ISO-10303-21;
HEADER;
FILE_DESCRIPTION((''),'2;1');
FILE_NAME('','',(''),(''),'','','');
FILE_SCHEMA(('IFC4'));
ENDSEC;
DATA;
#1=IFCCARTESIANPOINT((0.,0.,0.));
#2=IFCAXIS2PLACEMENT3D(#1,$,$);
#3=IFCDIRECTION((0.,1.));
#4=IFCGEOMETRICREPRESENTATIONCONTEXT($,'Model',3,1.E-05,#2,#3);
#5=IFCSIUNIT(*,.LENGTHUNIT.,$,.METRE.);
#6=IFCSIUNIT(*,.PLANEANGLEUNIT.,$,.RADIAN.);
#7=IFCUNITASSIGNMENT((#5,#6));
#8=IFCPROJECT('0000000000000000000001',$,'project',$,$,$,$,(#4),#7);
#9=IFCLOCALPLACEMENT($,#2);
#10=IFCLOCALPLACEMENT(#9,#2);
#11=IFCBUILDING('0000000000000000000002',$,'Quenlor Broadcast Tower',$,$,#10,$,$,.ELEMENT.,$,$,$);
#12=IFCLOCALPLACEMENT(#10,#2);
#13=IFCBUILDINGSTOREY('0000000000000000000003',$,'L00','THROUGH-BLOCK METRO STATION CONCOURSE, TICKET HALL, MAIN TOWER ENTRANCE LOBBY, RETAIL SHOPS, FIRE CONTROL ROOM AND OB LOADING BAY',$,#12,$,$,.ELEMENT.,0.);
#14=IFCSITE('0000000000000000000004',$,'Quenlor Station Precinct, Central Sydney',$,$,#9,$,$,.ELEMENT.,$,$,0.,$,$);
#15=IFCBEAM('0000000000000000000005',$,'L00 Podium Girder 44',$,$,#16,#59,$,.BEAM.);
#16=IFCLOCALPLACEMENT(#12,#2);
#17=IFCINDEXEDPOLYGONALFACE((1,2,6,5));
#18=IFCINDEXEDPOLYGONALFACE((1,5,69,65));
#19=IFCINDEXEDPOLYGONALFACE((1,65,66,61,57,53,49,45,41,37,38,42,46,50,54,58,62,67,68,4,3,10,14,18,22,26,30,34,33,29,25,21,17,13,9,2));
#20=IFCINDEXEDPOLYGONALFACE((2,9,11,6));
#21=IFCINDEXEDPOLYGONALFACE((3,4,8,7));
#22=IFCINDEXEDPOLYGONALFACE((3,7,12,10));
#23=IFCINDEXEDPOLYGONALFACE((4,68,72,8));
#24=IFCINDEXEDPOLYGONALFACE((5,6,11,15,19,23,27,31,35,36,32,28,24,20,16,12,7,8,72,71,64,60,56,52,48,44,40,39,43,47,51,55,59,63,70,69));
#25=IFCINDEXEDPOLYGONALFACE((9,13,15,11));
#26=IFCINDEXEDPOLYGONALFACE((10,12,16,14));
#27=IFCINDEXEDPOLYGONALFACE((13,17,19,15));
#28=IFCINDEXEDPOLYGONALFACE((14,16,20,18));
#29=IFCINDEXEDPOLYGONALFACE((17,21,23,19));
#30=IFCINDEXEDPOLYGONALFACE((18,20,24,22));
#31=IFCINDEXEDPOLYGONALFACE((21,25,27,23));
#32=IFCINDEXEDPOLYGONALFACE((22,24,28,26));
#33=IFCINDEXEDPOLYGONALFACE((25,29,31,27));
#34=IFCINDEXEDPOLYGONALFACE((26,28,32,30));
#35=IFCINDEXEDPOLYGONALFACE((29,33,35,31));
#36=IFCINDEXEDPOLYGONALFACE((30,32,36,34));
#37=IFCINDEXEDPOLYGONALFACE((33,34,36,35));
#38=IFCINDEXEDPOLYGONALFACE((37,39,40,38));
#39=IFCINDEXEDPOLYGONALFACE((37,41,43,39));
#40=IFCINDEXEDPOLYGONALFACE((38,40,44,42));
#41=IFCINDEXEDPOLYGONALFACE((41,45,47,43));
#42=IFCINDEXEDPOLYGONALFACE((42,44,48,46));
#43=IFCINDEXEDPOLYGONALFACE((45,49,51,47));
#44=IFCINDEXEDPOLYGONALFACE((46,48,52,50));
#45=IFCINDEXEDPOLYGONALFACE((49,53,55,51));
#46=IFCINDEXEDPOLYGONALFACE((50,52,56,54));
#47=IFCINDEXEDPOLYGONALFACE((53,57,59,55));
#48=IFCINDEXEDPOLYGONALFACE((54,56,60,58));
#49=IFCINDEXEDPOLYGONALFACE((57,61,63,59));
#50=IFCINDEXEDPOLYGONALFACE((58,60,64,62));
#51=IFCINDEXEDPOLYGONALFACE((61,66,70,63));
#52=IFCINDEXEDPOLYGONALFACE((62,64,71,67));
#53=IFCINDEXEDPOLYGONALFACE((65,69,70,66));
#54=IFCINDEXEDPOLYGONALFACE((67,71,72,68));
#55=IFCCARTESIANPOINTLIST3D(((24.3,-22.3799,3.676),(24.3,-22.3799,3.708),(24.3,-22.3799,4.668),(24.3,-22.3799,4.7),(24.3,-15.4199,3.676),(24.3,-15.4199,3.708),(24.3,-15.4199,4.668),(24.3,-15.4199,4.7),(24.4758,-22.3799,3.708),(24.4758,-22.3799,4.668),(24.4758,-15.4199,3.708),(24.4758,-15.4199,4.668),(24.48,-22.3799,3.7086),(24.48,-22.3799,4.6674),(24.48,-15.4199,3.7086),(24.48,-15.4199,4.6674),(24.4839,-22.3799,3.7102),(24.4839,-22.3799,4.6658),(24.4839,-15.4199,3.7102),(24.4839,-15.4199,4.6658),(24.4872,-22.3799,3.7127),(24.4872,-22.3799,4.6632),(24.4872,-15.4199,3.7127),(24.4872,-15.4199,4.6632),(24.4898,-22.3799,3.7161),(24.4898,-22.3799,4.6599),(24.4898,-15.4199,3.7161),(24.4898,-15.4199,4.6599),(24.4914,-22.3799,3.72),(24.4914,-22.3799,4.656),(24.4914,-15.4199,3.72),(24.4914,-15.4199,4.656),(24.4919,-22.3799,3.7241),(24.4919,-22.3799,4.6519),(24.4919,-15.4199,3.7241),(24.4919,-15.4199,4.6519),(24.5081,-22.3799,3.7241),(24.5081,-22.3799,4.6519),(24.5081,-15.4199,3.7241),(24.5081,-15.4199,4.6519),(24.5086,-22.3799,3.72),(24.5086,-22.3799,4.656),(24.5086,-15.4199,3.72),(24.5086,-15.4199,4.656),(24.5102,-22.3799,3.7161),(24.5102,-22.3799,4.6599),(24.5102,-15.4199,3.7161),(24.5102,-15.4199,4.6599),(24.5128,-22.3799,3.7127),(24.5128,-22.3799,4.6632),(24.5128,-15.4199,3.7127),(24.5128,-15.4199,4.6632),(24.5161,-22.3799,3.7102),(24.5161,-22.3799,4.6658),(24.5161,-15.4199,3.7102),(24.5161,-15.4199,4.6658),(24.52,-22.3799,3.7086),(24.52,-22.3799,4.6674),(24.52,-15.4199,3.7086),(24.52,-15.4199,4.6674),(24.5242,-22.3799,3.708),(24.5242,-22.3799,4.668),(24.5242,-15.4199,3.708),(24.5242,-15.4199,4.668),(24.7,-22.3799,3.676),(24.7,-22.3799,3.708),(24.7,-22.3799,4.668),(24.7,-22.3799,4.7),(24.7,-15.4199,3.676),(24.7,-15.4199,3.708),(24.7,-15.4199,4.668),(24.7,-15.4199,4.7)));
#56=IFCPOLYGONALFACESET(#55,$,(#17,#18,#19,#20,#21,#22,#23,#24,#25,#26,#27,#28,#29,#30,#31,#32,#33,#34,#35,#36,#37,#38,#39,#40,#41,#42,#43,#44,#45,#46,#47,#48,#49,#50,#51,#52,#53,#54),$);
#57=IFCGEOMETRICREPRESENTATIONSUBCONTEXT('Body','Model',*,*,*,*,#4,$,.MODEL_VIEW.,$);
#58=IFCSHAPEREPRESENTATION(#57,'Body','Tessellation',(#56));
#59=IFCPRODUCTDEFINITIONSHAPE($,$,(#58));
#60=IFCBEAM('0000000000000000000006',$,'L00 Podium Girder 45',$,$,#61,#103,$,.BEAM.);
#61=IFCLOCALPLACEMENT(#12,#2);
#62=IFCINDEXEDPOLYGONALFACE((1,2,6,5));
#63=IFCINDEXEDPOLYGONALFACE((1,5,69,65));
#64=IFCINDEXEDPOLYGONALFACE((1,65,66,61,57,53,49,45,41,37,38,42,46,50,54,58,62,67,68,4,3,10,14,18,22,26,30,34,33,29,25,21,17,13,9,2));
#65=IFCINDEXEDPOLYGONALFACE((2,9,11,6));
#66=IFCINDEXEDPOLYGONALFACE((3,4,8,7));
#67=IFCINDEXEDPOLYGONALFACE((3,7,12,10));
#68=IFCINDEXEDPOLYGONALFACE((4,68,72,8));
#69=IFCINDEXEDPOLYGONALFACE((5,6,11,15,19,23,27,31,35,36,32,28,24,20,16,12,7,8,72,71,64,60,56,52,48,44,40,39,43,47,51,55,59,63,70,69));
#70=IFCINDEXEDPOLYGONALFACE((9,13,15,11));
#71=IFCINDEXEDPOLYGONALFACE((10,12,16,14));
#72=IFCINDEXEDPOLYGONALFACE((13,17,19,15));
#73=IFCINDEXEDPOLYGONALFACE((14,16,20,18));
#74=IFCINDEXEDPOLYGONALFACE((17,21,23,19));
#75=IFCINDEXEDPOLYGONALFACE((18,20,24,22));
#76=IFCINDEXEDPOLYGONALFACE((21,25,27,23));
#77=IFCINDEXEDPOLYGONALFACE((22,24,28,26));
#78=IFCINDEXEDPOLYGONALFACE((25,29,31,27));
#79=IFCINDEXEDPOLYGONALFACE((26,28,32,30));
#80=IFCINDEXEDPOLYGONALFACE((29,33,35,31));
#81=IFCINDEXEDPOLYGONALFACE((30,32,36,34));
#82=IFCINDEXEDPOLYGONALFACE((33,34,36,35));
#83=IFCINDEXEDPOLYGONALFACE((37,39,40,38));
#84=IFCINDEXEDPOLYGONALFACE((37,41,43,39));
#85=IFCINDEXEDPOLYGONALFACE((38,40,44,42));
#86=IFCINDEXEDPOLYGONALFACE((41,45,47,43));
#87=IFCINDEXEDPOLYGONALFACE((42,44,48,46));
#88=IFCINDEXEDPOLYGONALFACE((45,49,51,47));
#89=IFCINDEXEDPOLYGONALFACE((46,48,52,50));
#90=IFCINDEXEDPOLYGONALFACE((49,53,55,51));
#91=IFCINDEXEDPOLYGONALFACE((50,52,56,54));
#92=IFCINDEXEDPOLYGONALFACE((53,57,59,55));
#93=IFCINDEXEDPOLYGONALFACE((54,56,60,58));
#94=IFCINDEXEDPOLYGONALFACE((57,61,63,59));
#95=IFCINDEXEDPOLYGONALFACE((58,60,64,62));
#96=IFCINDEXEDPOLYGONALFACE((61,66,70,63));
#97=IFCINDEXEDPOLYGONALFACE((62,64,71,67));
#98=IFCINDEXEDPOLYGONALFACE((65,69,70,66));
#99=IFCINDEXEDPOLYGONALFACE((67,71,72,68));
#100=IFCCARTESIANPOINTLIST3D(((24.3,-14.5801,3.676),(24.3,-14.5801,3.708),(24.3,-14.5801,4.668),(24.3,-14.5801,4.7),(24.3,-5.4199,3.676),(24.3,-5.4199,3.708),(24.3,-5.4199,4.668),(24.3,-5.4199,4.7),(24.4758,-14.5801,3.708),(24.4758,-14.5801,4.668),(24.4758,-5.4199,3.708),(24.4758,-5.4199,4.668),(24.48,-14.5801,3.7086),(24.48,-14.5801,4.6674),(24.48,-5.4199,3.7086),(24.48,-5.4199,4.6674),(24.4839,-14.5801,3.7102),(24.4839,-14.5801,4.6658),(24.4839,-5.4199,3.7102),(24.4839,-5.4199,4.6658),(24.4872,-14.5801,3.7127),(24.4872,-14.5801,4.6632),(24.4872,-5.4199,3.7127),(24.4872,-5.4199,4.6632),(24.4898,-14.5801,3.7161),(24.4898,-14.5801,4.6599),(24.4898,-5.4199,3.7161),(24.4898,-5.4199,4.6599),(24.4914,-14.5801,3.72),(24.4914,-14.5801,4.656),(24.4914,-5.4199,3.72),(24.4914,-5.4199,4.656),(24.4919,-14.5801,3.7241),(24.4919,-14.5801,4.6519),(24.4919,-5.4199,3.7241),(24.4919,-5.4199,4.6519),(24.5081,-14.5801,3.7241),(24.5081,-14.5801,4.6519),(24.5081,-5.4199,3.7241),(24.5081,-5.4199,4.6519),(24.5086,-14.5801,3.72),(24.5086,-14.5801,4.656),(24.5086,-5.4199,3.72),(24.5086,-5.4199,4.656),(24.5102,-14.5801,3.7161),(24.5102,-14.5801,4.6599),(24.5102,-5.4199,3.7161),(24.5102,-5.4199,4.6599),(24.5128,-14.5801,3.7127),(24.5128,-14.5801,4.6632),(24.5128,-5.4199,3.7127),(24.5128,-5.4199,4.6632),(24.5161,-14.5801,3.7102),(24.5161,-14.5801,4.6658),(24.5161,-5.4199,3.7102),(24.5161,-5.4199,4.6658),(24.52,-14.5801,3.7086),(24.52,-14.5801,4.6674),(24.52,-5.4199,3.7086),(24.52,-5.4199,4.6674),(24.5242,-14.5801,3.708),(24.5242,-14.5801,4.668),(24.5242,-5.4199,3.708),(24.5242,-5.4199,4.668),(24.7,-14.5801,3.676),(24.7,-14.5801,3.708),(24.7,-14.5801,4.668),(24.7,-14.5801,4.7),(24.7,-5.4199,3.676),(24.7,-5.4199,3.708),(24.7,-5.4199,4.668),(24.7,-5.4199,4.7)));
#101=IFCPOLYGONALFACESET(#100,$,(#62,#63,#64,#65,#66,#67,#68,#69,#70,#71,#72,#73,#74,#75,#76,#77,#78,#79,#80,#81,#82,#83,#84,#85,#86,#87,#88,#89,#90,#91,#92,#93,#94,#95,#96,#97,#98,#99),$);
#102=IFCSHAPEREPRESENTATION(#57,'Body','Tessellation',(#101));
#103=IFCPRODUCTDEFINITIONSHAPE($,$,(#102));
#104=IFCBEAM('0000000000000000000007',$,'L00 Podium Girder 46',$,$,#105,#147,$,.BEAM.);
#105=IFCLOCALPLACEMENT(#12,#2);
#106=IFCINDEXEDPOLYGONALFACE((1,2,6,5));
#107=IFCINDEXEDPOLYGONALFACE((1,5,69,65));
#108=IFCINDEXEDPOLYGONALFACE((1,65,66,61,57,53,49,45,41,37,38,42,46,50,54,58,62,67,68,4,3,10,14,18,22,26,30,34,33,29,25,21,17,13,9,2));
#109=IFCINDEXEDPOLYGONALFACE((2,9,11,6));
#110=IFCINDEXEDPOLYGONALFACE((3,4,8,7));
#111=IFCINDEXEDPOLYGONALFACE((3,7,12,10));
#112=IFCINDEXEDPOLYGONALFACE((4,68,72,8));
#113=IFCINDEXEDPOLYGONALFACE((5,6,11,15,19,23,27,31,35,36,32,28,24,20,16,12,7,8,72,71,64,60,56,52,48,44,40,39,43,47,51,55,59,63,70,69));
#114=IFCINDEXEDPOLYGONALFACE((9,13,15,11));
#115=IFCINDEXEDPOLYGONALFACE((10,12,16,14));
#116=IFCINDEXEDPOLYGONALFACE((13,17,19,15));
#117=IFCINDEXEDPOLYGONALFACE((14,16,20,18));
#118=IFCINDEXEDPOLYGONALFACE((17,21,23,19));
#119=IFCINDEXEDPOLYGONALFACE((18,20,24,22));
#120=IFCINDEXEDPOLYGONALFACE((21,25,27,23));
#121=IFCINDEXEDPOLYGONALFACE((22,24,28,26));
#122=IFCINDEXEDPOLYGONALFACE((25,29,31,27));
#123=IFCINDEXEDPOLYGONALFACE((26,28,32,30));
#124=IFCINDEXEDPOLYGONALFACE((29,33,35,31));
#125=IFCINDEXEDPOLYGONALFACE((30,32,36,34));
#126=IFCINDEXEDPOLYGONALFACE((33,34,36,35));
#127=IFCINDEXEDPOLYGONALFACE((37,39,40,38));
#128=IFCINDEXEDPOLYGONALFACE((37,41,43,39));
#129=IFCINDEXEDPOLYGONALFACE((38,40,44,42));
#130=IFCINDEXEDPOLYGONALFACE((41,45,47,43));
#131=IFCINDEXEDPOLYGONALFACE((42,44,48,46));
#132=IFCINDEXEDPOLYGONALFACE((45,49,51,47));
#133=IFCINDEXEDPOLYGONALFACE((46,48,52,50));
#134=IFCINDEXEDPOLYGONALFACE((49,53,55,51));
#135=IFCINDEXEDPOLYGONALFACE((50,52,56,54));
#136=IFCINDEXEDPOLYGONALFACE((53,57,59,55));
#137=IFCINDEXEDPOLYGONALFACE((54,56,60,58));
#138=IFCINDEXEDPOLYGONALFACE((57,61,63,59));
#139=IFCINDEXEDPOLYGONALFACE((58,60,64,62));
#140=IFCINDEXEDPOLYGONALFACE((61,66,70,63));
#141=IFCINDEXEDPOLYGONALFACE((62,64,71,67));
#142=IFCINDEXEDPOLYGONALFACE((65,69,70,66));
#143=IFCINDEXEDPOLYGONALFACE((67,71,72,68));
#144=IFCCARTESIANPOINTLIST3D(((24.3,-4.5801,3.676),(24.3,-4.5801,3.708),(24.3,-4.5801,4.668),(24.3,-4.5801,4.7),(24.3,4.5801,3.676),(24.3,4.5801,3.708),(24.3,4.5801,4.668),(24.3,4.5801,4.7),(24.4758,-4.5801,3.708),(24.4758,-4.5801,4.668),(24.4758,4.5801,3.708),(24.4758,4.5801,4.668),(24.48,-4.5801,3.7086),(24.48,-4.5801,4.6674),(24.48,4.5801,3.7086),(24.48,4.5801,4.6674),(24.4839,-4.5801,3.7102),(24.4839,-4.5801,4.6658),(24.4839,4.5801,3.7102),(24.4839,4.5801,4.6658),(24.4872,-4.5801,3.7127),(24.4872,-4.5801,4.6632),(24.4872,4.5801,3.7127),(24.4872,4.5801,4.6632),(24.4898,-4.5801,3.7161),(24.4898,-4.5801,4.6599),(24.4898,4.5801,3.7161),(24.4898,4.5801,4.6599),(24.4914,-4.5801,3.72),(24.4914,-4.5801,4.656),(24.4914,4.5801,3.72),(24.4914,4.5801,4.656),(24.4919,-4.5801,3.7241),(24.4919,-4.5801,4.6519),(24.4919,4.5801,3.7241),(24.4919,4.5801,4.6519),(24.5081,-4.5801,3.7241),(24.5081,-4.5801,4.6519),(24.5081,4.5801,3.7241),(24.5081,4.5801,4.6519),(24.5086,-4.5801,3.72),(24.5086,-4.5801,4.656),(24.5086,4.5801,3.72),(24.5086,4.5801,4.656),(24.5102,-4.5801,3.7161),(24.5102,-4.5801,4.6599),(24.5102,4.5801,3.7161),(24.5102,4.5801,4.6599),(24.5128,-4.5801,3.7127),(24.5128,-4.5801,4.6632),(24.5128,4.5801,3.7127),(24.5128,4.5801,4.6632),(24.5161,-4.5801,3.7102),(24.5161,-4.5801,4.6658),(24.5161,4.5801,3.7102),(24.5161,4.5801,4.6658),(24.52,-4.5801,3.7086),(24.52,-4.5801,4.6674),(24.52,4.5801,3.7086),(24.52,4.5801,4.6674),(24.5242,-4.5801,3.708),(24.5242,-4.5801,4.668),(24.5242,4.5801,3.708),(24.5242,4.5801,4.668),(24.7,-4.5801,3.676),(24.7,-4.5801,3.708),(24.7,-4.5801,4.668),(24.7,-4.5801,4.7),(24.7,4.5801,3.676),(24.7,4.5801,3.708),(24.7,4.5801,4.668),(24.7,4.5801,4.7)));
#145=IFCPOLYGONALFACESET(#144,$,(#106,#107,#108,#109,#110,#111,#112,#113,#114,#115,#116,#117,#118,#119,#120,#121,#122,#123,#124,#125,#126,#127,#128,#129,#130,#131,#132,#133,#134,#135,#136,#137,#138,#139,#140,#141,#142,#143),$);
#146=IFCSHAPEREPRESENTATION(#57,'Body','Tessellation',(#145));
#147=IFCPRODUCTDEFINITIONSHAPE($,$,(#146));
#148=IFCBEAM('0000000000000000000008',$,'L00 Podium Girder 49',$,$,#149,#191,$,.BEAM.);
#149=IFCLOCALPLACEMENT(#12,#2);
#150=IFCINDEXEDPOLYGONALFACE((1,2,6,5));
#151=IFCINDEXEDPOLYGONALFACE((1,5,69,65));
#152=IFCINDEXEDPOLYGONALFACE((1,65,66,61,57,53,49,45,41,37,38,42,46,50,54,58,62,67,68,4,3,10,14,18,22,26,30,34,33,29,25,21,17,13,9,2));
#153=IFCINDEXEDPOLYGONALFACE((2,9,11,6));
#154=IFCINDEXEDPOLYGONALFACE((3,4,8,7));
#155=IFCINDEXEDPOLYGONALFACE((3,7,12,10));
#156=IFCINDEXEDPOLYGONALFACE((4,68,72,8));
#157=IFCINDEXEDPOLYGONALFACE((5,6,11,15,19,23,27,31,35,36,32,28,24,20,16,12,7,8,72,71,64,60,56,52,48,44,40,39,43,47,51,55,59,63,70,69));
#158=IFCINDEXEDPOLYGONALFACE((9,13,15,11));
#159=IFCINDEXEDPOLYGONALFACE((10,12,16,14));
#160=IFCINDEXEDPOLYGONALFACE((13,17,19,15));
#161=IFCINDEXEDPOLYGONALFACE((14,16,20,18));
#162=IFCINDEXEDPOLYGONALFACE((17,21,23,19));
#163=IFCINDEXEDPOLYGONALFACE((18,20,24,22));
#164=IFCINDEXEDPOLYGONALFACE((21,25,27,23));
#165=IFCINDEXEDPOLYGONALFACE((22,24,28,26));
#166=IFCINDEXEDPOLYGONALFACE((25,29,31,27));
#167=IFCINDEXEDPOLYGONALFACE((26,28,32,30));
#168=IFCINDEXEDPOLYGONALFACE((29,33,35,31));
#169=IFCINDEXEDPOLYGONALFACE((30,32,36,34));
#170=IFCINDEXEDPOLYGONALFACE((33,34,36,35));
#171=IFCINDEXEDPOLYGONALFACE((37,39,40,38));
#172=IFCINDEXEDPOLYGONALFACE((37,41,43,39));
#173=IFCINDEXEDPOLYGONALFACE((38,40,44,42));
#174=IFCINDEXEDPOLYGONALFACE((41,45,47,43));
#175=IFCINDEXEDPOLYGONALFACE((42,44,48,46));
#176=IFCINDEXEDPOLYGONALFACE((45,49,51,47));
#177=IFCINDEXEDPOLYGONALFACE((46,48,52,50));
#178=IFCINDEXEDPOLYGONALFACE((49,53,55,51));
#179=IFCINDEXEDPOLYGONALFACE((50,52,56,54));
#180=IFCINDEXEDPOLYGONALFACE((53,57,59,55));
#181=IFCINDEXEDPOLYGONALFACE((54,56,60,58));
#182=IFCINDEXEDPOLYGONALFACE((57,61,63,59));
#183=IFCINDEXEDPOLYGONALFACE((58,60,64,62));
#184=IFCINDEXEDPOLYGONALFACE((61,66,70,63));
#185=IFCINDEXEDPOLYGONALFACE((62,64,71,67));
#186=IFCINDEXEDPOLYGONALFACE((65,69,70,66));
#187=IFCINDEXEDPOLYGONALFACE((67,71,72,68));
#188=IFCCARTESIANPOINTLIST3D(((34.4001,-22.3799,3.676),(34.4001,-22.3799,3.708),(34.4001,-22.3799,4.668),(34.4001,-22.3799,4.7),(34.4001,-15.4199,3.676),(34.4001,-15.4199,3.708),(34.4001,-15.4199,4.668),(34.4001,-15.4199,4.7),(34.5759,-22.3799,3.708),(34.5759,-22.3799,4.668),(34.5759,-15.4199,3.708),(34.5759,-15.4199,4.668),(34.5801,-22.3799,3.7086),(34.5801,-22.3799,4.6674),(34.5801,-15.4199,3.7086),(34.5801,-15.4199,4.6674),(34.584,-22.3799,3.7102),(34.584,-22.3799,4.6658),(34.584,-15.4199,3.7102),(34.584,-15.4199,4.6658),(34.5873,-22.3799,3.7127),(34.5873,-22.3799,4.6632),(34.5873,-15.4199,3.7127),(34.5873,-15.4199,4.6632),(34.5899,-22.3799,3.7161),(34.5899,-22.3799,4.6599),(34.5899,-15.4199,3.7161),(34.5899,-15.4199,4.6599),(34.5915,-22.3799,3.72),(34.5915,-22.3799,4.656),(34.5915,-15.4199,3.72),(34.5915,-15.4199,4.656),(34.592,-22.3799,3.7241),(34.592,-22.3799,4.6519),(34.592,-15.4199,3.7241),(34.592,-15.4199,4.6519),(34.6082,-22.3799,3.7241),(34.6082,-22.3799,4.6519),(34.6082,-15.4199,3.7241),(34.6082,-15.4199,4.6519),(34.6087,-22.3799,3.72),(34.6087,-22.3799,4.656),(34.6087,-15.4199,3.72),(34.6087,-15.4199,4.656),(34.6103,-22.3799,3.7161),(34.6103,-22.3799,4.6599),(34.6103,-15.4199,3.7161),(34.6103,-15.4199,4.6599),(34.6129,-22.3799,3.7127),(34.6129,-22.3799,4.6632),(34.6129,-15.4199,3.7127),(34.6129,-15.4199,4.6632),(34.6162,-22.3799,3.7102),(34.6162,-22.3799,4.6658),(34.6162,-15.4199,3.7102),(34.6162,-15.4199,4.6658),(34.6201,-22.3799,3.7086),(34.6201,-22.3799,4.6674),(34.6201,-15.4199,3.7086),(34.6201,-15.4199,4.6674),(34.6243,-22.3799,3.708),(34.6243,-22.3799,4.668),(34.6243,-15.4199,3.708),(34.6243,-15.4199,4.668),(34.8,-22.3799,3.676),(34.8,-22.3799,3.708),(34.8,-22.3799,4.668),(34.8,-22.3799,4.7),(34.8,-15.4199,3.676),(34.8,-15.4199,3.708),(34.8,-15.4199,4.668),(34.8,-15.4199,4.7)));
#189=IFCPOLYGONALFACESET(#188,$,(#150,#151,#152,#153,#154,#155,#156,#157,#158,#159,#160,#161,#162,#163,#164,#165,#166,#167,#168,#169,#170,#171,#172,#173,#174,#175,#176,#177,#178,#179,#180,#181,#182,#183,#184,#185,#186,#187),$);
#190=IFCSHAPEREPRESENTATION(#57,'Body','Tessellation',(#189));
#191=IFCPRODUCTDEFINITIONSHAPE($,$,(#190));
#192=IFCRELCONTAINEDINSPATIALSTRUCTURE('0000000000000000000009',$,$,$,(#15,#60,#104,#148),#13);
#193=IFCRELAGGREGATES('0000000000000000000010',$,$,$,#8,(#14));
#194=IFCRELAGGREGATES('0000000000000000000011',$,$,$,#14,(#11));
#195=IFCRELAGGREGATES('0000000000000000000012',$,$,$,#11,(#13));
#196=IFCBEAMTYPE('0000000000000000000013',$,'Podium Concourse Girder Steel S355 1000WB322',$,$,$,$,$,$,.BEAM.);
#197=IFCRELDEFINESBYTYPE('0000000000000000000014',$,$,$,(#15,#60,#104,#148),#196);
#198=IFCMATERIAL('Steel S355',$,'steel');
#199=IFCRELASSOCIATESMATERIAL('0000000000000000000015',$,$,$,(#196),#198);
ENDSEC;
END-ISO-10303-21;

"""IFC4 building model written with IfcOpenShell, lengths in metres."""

from ifc_helpers import new_model, si_unit, direction, frame, origin, origin_2d, place, context, subcontext, project, spatial, i_section, extrude, material, material_profile, profile_set, type_object, element, save


model = new_model("IFC4")

# Units and contexts
model_context = context("Model", 3, precision=1e-05, world=origin(), true_north=direction((0.0, 1.0)))
body_context = subcontext(model_context, "Body", "Model", "MODEL_VIEW")
ifc_project = project(units=[si_unit("LENGTHUNIT", "METRE"), si_unit("PLANEANGLEUNIT", "RADIAN")], contexts=[model_context])

# Site, building, storey
site_placement = place(None, origin())
site = spatial("IfcSite", under=ifc_project, at=site_placement, Name="Quenlor Station Precinct, Central Sydney", CompositionType="ELEMENT", RefElevation=0.0)
building_placement = place(site_placement, origin())
building = spatial("IfcBuilding", under=site, at=building_placement, Name="Quenlor Broadcast Tower", CompositionType="ELEMENT")
storey_placement = place(building_placement, origin())
storey = spatial("IfcBuildingStorey", under=building, at=storey_placement, Name="L00", Description="THROUGH-BLOCK METRO STATION CONCOURSE, TICKET HALL, MAIN TOWER ENTRANCE LOBBY, RETAIL SHOPS, FIRE CONTROL ROOM AND OB LOADING BAY", CompositionType="ELEMENT", Elevation=0.0)

# Beams
ifc_material_1 = material(Name="Steel S355", Category="steel")
ifc_material_profile_1 = material_profile(ifc_material_1, i_section(OverallWidth=0.3999, OverallDepth=1.0239, WebThickness=0.0161, FlangeThickness=0.032, FilletRadius=0.0161, at=origin_2d()))
ifc_profile_set_1 = profile_set([ifc_material_profile_1], Name="Steel S355 1000WB322")
beam_type_1 = type_object("IfcBeamType", Name="Podium Concourse Girder Steel S355 1000WB322", PredefinedType="BEAM", material=ifc_profile_set_1)
beam_1_placement = place(storey_placement, frame((24.5, -22.3799, 4.188), z_axis=(0.0, 1.0, 0.0), x_axis=(-1.0, 0.0, 0.0)))
element("IfcBeam", 1, at=beam_1_placement, inside=storey, type_object=beam_type_1, Name="L00 Podium Girder 44", PredefinedType="BEAM", context=body_context, shape_type="SweptSolid", body=[
    extrude(i_section(OverallWidth=0.3999, OverallDepth=1.0239, WebThickness=0.0161, FlangeThickness=0.032, FilletRadius=0.0161, at=origin_2d()), origin(), (0.0, 0.0, 1.0), 6.96),
])
for number, where, z_axis, x_axis, name in (
    (2, (24.5, -14.5801, 4.188), (0.0, 1.0, 0.0), (-1.0, 0.0, 0.0), "L00 Podium Girder 45"),
    (3, (24.5, -4.5801, 4.188), (0.0, 1.0, 0.0), (-1.0, 0.0, 0.0), "L00 Podium Girder 46"),
):
    element("IfcBeam", number, at=place(storey_placement, frame(where, z_axis=z_axis, x_axis=x_axis)), inside=storey, type_object=beam_type_1, Name=name, PredefinedType="BEAM", context=body_context, shape_type="SweptSolid", body=[
        extrude(i_section(OverallWidth=0.3999, OverallDepth=1.0239, WebThickness=0.0161, FlangeThickness=0.032, FilletRadius=0.0161, at=origin_2d()), origin(), (0.0, 0.0, 1.0), 9.1602),
    ])
beam_2_placement = place(storey_placement, frame((34.6001, -22.3799, 4.188), z_axis=(0.0, 1.0, 0.0), x_axis=(-1.0, 0.0, 0.0)))
element("IfcBeam", 4, at=beam_2_placement, inside=storey, type_object=beam_type_1, Name="L00 Podium Girder 49", PredefinedType="BEAM", context=body_context, shape_type="SweptSolid", body=[
    extrude(i_section(OverallWidth=0.3999, OverallDepth=1.0239, WebThickness=0.0161, FlangeThickness=0.032, FilletRadius=0.0161, at=origin_2d()), origin(), (0.0, 0.0, 1.0), 6.96),
])

save(model, "model.ifc")
